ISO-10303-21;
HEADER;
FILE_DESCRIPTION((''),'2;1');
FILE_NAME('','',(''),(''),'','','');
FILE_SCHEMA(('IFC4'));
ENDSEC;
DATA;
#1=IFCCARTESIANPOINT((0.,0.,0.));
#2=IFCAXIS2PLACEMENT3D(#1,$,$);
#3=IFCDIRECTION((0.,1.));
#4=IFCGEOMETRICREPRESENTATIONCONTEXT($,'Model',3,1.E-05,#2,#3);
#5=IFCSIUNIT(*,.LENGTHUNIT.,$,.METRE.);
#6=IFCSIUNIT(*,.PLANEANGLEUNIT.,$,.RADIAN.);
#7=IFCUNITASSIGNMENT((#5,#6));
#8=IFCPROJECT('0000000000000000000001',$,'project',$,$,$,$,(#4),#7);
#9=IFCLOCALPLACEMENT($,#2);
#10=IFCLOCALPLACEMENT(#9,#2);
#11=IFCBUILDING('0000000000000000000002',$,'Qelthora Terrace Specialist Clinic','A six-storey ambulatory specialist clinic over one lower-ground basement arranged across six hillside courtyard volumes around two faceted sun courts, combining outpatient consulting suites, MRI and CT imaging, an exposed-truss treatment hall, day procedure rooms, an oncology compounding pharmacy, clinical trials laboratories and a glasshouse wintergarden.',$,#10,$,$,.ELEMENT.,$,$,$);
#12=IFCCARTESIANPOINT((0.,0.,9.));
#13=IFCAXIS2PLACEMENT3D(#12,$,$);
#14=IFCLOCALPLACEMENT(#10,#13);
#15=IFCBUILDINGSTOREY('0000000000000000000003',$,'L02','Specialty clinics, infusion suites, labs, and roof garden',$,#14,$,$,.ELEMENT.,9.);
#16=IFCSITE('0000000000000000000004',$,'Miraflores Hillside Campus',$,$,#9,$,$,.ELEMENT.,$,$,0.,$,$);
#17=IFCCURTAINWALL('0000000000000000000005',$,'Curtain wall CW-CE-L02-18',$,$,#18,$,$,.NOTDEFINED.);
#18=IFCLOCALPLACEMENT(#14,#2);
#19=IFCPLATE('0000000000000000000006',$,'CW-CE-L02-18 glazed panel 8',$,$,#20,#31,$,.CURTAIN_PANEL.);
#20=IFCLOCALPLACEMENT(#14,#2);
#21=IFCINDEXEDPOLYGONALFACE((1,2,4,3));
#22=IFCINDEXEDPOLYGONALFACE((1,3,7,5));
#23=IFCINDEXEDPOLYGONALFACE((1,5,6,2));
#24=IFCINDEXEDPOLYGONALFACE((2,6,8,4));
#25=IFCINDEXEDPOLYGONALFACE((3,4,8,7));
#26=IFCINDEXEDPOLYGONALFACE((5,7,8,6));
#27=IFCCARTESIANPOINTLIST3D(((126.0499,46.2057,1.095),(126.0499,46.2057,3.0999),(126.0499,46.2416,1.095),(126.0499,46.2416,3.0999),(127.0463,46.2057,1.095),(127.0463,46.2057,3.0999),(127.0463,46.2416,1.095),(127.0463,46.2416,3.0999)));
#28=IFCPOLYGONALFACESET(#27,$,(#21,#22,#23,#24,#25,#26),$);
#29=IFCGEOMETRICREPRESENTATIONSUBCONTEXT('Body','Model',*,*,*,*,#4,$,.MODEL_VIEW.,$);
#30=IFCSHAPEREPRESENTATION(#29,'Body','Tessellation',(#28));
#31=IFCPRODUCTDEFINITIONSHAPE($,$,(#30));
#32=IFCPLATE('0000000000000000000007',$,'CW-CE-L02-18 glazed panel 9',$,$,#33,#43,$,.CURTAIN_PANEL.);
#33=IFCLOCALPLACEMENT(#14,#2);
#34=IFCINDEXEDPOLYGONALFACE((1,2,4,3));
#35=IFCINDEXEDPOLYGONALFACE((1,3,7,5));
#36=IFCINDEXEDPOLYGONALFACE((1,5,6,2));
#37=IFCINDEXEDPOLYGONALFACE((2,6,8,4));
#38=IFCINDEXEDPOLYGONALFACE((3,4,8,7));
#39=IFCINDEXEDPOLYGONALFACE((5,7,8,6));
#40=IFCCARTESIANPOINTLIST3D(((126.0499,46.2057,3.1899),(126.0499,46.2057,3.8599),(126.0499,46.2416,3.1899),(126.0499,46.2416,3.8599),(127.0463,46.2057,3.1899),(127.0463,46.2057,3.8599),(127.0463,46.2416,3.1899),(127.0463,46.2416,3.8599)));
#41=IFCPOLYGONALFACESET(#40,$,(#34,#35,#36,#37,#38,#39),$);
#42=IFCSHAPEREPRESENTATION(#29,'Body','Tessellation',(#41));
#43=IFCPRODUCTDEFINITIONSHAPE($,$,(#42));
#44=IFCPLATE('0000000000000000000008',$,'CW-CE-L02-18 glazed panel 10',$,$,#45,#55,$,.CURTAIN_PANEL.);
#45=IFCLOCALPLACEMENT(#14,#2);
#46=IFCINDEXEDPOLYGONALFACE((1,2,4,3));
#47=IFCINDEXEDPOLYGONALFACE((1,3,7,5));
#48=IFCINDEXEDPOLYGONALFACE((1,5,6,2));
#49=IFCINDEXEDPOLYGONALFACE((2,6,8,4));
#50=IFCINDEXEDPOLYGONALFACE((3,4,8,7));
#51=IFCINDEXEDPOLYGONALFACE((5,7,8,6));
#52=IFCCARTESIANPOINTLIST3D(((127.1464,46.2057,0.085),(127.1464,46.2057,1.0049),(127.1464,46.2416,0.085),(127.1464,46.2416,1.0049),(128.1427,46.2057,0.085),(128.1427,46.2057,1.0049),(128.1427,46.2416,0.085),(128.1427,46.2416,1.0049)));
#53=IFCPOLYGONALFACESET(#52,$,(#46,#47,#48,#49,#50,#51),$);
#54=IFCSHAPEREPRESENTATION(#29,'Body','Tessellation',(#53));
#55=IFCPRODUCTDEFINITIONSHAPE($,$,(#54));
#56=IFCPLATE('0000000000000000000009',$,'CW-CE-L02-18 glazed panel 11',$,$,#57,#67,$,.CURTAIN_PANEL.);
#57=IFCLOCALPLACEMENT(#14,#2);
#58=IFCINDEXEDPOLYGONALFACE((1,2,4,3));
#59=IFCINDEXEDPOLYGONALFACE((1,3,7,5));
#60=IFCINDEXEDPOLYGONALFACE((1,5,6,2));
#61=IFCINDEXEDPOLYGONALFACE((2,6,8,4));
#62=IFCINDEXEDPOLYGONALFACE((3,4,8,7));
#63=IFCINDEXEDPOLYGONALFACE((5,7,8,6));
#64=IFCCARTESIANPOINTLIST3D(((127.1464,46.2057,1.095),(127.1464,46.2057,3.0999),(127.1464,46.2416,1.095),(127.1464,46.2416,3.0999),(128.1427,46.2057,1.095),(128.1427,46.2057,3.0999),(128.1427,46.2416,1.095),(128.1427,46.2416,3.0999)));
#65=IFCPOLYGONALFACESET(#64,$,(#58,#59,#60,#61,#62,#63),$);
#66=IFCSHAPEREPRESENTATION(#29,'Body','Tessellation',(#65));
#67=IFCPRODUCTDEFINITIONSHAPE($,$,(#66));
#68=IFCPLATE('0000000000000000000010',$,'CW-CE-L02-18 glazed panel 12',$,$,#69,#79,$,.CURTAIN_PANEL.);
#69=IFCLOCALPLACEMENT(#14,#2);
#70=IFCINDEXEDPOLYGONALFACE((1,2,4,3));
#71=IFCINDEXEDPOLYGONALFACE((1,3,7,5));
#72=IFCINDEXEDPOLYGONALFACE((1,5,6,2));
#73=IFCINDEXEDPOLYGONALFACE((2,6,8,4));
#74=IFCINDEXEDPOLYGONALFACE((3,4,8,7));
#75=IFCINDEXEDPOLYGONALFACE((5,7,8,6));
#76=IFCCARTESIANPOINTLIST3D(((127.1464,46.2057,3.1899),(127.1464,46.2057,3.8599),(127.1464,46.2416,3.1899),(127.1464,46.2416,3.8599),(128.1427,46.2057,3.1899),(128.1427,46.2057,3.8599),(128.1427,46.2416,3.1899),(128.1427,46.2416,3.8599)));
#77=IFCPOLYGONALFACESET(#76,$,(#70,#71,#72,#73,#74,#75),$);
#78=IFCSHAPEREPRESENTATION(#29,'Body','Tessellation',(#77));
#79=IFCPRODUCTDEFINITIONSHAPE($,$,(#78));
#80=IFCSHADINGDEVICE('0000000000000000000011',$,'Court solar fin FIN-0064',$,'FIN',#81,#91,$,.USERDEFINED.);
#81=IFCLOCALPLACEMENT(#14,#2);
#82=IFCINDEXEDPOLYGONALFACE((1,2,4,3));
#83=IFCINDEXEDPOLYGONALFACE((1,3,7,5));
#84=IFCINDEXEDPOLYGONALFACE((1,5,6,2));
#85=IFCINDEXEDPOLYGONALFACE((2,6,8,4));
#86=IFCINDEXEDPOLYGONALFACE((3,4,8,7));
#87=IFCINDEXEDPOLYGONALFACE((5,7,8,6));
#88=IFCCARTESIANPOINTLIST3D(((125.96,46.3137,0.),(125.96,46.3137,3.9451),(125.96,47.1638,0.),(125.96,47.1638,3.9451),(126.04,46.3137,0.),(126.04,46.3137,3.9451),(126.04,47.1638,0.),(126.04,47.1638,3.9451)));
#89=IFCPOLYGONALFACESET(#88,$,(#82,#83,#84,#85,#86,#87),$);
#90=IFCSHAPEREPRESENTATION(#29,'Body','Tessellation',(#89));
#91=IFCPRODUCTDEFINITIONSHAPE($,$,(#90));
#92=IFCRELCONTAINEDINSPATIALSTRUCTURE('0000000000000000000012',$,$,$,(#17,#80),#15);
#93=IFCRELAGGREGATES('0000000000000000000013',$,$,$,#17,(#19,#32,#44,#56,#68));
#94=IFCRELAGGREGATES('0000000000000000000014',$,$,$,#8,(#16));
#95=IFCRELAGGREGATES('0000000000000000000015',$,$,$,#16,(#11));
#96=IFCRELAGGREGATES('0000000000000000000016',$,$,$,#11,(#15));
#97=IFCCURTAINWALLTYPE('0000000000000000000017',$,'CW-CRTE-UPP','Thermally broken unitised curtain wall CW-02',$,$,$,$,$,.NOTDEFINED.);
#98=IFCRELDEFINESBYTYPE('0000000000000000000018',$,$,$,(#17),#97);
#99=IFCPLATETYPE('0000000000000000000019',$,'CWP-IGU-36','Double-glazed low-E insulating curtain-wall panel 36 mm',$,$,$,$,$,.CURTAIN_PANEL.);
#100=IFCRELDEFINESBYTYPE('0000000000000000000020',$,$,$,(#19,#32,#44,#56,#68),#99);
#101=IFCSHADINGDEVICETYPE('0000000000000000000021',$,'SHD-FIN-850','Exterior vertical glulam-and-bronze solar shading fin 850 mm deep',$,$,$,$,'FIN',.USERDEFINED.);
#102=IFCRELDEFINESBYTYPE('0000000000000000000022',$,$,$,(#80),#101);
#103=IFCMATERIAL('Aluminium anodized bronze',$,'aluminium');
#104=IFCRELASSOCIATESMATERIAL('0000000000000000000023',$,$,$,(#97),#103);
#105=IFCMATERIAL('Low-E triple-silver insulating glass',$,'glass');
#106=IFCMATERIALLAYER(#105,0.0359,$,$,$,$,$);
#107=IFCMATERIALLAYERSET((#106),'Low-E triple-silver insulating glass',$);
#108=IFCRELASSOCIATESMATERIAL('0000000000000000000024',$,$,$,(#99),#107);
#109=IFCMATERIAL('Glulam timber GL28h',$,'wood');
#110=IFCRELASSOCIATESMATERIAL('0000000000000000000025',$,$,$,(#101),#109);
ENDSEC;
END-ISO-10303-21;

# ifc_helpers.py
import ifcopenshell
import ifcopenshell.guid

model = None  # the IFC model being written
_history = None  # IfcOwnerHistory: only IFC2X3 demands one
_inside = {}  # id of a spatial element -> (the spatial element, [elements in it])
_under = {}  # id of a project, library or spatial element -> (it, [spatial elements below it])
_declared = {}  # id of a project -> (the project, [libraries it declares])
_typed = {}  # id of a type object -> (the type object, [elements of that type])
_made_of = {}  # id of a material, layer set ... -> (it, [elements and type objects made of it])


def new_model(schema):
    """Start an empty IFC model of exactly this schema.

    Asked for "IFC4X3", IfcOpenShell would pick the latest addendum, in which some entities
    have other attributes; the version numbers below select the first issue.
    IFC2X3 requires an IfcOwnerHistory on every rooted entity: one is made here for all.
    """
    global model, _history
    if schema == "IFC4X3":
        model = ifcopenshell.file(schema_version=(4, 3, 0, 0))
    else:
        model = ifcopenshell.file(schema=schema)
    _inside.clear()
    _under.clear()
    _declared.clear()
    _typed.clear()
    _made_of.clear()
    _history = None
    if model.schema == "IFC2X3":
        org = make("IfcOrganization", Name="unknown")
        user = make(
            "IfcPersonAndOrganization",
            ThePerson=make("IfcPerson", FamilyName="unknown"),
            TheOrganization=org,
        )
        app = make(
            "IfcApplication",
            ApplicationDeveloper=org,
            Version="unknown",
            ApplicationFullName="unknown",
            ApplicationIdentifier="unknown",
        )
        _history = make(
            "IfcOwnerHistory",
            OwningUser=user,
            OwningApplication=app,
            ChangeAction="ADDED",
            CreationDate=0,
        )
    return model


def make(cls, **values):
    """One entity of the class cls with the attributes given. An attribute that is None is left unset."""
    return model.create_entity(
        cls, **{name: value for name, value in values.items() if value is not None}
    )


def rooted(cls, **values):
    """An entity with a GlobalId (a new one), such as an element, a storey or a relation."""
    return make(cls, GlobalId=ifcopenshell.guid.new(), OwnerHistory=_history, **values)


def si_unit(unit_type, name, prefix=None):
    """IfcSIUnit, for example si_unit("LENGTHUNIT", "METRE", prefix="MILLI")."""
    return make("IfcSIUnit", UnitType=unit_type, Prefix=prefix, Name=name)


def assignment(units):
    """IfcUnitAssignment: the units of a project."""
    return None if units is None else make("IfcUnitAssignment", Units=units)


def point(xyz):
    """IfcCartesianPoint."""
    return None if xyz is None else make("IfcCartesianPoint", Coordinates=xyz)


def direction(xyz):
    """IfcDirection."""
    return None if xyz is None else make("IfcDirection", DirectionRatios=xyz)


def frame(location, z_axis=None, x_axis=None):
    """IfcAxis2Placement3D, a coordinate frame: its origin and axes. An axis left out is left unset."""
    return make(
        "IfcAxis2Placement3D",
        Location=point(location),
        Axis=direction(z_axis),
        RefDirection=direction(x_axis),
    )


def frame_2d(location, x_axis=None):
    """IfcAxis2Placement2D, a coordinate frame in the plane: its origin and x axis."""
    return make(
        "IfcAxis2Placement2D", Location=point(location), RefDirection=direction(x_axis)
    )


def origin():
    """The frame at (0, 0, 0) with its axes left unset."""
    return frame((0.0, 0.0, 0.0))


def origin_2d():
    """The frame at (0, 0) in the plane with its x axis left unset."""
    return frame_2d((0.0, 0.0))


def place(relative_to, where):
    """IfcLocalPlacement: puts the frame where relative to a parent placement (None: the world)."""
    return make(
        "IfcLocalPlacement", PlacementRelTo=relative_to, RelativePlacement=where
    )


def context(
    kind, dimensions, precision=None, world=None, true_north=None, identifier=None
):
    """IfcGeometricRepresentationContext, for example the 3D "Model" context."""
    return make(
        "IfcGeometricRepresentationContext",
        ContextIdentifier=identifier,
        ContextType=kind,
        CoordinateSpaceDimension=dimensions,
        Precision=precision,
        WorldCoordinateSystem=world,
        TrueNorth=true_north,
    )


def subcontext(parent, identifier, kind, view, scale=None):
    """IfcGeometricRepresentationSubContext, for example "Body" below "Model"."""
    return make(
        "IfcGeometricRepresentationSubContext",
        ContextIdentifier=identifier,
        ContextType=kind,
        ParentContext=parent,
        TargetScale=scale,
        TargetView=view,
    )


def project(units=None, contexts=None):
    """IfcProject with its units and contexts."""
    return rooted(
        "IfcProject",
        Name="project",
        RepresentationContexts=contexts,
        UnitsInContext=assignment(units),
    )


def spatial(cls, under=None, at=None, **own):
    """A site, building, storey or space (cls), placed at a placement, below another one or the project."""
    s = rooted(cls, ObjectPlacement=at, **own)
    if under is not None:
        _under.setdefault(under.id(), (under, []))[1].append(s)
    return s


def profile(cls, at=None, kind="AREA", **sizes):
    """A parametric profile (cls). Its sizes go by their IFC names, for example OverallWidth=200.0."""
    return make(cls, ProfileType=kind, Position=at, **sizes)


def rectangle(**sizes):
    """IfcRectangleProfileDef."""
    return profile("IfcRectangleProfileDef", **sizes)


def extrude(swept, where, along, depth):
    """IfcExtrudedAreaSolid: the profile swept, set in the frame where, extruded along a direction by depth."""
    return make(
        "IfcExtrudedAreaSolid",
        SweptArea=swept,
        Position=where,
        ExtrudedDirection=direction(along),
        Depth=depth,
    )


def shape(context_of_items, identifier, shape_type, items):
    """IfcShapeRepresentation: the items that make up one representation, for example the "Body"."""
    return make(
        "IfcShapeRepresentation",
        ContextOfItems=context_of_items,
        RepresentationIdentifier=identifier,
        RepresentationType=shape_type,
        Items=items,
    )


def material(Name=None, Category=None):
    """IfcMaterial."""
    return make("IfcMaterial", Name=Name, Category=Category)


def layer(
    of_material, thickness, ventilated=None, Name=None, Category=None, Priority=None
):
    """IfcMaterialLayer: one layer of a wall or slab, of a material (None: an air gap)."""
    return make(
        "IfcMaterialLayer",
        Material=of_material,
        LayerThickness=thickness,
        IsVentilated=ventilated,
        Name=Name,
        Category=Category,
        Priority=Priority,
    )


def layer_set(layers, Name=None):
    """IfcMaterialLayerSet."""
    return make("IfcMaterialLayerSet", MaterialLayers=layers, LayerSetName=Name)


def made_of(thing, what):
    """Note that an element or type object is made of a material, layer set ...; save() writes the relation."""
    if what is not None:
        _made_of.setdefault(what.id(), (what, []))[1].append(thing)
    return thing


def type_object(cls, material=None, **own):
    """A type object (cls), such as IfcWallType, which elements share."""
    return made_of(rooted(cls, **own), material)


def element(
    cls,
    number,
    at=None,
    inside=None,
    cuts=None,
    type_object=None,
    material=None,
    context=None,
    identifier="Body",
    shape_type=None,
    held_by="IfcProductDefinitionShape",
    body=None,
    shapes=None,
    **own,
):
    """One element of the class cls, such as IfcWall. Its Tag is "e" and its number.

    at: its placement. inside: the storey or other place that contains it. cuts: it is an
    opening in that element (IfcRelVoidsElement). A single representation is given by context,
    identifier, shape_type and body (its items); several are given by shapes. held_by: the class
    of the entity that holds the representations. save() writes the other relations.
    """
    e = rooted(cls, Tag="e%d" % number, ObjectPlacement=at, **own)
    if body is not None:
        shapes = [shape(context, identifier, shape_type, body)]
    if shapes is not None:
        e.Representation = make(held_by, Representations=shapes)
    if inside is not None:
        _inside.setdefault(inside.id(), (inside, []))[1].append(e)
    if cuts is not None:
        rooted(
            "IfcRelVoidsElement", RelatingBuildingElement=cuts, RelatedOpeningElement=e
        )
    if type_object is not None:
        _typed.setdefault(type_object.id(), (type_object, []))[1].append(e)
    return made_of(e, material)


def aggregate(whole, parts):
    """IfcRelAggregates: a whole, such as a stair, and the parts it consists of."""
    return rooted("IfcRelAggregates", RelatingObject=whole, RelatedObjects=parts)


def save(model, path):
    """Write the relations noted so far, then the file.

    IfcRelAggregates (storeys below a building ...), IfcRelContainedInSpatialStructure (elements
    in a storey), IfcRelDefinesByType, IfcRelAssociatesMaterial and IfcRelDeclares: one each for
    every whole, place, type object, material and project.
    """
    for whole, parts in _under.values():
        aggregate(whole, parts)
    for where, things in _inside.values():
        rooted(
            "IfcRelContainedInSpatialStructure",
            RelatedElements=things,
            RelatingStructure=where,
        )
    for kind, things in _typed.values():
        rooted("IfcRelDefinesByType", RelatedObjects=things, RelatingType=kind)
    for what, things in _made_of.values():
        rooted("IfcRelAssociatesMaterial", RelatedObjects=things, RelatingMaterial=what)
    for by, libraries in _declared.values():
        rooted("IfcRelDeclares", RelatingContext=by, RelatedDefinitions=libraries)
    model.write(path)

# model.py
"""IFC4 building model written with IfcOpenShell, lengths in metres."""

from ifc_helpers import new_model, si_unit, direction, frame, origin, origin_2d, place, context, subcontext, project, spatial, rectangle, extrude, material, layer, layer_set, type_object, element, aggregate, save


model = new_model("IFC4")

# Units and contexts
model_context = context("Model", 3, precision=1e-05, world=origin(), true_north=direction((0.0, 1.0)))
body_context = subcontext(model_context, "Body", "Model", "MODEL_VIEW")
ifc_project = project(units=[si_unit("LENGTHUNIT", "METRE"), si_unit("PLANEANGLEUNIT", "RADIAN")], contexts=[model_context])

# Site, building, storey
site_placement = place(None, origin())
site = spatial("IfcSite", under=ifc_project, at=site_placement, Name="Miraflores Hillside Campus", CompositionType="ELEMENT", RefElevation=0.0)
building_placement = place(site_placement, origin())
building = spatial("IfcBuilding", under=site, at=building_placement, Name="Qelthora Terrace Specialist Clinic", Description="A six-storey ambulatory specialist clinic over one lower-ground basement arranged across six hillside courtyard volumes around two faceted sun courts, combining outpatient consulting suites, MRI and CT imaging, an exposed-truss treatment hall, day procedure rooms, an oncology compounding pharmacy, clinical trials laboratories and a glasshouse wintergarden.", CompositionType="ELEMENT")
storey_placement = place(building_placement, frame((0.0, 0.0, 9.0)))
storey = spatial("IfcBuildingStorey", under=building, at=storey_placement, Name="L02", Description="Specialty clinics, infusion suites, labs, and roof garden", CompositionType="ELEMENT", Elevation=9.0)

# Curtain wall
ifc_material_1 = material(Name="Aluminium anodized bronze", Category="aluminium")
curtain_wall_type = type_object("IfcCurtainWallType", Name="CW-CRTE-UPP", Description="Thermally broken unitised curtain wall CW-02", PredefinedType="NOTDEFINED", material=ifc_material_1)
curtain_wall_1_placement = place(storey_placement, origin())
curtain_wall_1 = element("IfcCurtainWall", 1, at=curtain_wall_1_placement, inside=storey, type_object=curtain_wall_type, Name="Curtain wall CW-CE-L02-18", PredefinedType="NOTDEFINED")

# Plates
ifc_material_2 = material(Name="Low-E triple-silver insulating glass", Category="glass")
ifc_layer_1 = layer(ifc_material_2, 0.0359)
ifc_layer_set_1 = layer_set([ifc_layer_1], Name="Low-E triple-silver insulating glass")
plate_type = type_object("IfcPlateType", Name="CWP-IGU-36", Description="Double-glazed low-E insulating curtain-wall panel 36 mm", PredefinedType="CURTAIN_PANEL", material=ifc_layer_set_1)
plate_1_placement = place(storey_placement, frame((126.5481, 46.2236, 1.095), z_axis=(0.0, 0.0, 1.0), x_axis=(1.0, 0.0, 0.0)))
plate_1 = element("IfcPlate", 2, at=plate_1_placement, type_object=plate_type, Name="CW-CE-L02-18 glazed panel 8", PredefinedType="CURTAIN_PANEL", context=body_context, shape_type="SweptSolid", body=[
    extrude(rectangle(XDim=0.9963, YDim=0.0359, at=origin_2d()), origin(), (0.0, 0.0, 1.0), 2.0049),
])
plate_2_placement = place(storey_placement, frame((126.5481, 46.2236, 3.1899), z_axis=(0.0, 0.0, 1.0), x_axis=(1.0, 0.0, 0.0)))
plate_2 = element("IfcPlate", 3, at=plate_2_placement, type_object=plate_type, Name="CW-CE-L02-18 glazed panel 9", PredefinedType="CURTAIN_PANEL", context=body_context, shape_type="SweptSolid", body=[
    extrude(rectangle(XDim=0.9963, YDim=0.0359, at=origin_2d()), origin(), (0.0, 0.0, 1.0), 0.6699),
])
plate_3_placement = place(storey_placement, frame((127.6445, 46.2236, 0.085), z_axis=(0.0, 0.0, 1.0), x_axis=(1.0, 0.0, 0.0)))
plate_3 = element("IfcPlate", 4, at=plate_3_placement, type_object=plate_type, Name="CW-CE-L02-18 glazed panel 10", PredefinedType="CURTAIN_PANEL", context=body_context, shape_type="SweptSolid", body=[
    extrude(rectangle(XDim=0.9963, YDim=0.0359, at=origin_2d()), origin(), (0.0, 0.0, 1.0), 0.9199),
])
plate_4_placement = place(storey_placement, frame((127.6445, 46.2236, 1.095), z_axis=(0.0, 0.0, 1.0), x_axis=(1.0, 0.0, 0.0)))
plate_4 = element("IfcPlate", 5, at=plate_4_placement, type_object=plate_type, Name="CW-CE-L02-18 glazed panel 11", PredefinedType="CURTAIN_PANEL", context=body_context, shape_type="SweptSolid", body=[
    extrude(rectangle(XDim=0.9963, YDim=0.0359, at=origin_2d()), origin(), (0.0, 0.0, 1.0), 2.0049),
])
plate_5_placement = place(storey_placement, frame((127.6445, 46.2236, 3.1899), z_axis=(0.0, 0.0, 1.0), x_axis=(1.0, 0.0, 0.0)))
plate_5 = element("IfcPlate", 6, at=plate_5_placement, type_object=plate_type, Name="CW-CE-L02-18 glazed panel 12", PredefinedType="CURTAIN_PANEL", context=body_context, shape_type="SweptSolid", body=[
    extrude(rectangle(XDim=0.9963, YDim=0.0359, at=origin_2d()), origin(), (0.0, 0.0, 1.0), 0.6699),
])
aggregate(curtain_wall_1, [plate_1, plate_2, plate_3, plate_4, plate_5])

# Shared definitions
ifc_material_3 = material(Name="Glulam timber GL28h", Category="wood")

# Shading device
shading_device_type = type_object("IfcShadingDeviceType", Name="SHD-FIN-850", Description="Exterior vertical glulam-and-bronze solar shading fin 850 mm deep", ElementType="FIN", PredefinedType="USERDEFINED", material=ifc_material_3)
shading_device_placement = place(storey_placement, frame((126.0, 46.7388, 0.0), z_axis=(0.0, 0.0, 1.0), x_axis=(0.0, 1.0, 0.0)))
element("IfcShadingDevice", 7, at=shading_device_placement, inside=storey, type_object=shading_device_type, Name="Court solar fin FIN-0064", ObjectType="FIN", PredefinedType="USERDEFINED", context=body_context, shape_type="SweptSolid", body=[
    extrude(rectangle(XDim=0.8501, YDim=0.0801, at=origin_2d()), origin(), (0.0, 0.0, 1.0), 3.9451),
])

save(model, "model.ifc")
